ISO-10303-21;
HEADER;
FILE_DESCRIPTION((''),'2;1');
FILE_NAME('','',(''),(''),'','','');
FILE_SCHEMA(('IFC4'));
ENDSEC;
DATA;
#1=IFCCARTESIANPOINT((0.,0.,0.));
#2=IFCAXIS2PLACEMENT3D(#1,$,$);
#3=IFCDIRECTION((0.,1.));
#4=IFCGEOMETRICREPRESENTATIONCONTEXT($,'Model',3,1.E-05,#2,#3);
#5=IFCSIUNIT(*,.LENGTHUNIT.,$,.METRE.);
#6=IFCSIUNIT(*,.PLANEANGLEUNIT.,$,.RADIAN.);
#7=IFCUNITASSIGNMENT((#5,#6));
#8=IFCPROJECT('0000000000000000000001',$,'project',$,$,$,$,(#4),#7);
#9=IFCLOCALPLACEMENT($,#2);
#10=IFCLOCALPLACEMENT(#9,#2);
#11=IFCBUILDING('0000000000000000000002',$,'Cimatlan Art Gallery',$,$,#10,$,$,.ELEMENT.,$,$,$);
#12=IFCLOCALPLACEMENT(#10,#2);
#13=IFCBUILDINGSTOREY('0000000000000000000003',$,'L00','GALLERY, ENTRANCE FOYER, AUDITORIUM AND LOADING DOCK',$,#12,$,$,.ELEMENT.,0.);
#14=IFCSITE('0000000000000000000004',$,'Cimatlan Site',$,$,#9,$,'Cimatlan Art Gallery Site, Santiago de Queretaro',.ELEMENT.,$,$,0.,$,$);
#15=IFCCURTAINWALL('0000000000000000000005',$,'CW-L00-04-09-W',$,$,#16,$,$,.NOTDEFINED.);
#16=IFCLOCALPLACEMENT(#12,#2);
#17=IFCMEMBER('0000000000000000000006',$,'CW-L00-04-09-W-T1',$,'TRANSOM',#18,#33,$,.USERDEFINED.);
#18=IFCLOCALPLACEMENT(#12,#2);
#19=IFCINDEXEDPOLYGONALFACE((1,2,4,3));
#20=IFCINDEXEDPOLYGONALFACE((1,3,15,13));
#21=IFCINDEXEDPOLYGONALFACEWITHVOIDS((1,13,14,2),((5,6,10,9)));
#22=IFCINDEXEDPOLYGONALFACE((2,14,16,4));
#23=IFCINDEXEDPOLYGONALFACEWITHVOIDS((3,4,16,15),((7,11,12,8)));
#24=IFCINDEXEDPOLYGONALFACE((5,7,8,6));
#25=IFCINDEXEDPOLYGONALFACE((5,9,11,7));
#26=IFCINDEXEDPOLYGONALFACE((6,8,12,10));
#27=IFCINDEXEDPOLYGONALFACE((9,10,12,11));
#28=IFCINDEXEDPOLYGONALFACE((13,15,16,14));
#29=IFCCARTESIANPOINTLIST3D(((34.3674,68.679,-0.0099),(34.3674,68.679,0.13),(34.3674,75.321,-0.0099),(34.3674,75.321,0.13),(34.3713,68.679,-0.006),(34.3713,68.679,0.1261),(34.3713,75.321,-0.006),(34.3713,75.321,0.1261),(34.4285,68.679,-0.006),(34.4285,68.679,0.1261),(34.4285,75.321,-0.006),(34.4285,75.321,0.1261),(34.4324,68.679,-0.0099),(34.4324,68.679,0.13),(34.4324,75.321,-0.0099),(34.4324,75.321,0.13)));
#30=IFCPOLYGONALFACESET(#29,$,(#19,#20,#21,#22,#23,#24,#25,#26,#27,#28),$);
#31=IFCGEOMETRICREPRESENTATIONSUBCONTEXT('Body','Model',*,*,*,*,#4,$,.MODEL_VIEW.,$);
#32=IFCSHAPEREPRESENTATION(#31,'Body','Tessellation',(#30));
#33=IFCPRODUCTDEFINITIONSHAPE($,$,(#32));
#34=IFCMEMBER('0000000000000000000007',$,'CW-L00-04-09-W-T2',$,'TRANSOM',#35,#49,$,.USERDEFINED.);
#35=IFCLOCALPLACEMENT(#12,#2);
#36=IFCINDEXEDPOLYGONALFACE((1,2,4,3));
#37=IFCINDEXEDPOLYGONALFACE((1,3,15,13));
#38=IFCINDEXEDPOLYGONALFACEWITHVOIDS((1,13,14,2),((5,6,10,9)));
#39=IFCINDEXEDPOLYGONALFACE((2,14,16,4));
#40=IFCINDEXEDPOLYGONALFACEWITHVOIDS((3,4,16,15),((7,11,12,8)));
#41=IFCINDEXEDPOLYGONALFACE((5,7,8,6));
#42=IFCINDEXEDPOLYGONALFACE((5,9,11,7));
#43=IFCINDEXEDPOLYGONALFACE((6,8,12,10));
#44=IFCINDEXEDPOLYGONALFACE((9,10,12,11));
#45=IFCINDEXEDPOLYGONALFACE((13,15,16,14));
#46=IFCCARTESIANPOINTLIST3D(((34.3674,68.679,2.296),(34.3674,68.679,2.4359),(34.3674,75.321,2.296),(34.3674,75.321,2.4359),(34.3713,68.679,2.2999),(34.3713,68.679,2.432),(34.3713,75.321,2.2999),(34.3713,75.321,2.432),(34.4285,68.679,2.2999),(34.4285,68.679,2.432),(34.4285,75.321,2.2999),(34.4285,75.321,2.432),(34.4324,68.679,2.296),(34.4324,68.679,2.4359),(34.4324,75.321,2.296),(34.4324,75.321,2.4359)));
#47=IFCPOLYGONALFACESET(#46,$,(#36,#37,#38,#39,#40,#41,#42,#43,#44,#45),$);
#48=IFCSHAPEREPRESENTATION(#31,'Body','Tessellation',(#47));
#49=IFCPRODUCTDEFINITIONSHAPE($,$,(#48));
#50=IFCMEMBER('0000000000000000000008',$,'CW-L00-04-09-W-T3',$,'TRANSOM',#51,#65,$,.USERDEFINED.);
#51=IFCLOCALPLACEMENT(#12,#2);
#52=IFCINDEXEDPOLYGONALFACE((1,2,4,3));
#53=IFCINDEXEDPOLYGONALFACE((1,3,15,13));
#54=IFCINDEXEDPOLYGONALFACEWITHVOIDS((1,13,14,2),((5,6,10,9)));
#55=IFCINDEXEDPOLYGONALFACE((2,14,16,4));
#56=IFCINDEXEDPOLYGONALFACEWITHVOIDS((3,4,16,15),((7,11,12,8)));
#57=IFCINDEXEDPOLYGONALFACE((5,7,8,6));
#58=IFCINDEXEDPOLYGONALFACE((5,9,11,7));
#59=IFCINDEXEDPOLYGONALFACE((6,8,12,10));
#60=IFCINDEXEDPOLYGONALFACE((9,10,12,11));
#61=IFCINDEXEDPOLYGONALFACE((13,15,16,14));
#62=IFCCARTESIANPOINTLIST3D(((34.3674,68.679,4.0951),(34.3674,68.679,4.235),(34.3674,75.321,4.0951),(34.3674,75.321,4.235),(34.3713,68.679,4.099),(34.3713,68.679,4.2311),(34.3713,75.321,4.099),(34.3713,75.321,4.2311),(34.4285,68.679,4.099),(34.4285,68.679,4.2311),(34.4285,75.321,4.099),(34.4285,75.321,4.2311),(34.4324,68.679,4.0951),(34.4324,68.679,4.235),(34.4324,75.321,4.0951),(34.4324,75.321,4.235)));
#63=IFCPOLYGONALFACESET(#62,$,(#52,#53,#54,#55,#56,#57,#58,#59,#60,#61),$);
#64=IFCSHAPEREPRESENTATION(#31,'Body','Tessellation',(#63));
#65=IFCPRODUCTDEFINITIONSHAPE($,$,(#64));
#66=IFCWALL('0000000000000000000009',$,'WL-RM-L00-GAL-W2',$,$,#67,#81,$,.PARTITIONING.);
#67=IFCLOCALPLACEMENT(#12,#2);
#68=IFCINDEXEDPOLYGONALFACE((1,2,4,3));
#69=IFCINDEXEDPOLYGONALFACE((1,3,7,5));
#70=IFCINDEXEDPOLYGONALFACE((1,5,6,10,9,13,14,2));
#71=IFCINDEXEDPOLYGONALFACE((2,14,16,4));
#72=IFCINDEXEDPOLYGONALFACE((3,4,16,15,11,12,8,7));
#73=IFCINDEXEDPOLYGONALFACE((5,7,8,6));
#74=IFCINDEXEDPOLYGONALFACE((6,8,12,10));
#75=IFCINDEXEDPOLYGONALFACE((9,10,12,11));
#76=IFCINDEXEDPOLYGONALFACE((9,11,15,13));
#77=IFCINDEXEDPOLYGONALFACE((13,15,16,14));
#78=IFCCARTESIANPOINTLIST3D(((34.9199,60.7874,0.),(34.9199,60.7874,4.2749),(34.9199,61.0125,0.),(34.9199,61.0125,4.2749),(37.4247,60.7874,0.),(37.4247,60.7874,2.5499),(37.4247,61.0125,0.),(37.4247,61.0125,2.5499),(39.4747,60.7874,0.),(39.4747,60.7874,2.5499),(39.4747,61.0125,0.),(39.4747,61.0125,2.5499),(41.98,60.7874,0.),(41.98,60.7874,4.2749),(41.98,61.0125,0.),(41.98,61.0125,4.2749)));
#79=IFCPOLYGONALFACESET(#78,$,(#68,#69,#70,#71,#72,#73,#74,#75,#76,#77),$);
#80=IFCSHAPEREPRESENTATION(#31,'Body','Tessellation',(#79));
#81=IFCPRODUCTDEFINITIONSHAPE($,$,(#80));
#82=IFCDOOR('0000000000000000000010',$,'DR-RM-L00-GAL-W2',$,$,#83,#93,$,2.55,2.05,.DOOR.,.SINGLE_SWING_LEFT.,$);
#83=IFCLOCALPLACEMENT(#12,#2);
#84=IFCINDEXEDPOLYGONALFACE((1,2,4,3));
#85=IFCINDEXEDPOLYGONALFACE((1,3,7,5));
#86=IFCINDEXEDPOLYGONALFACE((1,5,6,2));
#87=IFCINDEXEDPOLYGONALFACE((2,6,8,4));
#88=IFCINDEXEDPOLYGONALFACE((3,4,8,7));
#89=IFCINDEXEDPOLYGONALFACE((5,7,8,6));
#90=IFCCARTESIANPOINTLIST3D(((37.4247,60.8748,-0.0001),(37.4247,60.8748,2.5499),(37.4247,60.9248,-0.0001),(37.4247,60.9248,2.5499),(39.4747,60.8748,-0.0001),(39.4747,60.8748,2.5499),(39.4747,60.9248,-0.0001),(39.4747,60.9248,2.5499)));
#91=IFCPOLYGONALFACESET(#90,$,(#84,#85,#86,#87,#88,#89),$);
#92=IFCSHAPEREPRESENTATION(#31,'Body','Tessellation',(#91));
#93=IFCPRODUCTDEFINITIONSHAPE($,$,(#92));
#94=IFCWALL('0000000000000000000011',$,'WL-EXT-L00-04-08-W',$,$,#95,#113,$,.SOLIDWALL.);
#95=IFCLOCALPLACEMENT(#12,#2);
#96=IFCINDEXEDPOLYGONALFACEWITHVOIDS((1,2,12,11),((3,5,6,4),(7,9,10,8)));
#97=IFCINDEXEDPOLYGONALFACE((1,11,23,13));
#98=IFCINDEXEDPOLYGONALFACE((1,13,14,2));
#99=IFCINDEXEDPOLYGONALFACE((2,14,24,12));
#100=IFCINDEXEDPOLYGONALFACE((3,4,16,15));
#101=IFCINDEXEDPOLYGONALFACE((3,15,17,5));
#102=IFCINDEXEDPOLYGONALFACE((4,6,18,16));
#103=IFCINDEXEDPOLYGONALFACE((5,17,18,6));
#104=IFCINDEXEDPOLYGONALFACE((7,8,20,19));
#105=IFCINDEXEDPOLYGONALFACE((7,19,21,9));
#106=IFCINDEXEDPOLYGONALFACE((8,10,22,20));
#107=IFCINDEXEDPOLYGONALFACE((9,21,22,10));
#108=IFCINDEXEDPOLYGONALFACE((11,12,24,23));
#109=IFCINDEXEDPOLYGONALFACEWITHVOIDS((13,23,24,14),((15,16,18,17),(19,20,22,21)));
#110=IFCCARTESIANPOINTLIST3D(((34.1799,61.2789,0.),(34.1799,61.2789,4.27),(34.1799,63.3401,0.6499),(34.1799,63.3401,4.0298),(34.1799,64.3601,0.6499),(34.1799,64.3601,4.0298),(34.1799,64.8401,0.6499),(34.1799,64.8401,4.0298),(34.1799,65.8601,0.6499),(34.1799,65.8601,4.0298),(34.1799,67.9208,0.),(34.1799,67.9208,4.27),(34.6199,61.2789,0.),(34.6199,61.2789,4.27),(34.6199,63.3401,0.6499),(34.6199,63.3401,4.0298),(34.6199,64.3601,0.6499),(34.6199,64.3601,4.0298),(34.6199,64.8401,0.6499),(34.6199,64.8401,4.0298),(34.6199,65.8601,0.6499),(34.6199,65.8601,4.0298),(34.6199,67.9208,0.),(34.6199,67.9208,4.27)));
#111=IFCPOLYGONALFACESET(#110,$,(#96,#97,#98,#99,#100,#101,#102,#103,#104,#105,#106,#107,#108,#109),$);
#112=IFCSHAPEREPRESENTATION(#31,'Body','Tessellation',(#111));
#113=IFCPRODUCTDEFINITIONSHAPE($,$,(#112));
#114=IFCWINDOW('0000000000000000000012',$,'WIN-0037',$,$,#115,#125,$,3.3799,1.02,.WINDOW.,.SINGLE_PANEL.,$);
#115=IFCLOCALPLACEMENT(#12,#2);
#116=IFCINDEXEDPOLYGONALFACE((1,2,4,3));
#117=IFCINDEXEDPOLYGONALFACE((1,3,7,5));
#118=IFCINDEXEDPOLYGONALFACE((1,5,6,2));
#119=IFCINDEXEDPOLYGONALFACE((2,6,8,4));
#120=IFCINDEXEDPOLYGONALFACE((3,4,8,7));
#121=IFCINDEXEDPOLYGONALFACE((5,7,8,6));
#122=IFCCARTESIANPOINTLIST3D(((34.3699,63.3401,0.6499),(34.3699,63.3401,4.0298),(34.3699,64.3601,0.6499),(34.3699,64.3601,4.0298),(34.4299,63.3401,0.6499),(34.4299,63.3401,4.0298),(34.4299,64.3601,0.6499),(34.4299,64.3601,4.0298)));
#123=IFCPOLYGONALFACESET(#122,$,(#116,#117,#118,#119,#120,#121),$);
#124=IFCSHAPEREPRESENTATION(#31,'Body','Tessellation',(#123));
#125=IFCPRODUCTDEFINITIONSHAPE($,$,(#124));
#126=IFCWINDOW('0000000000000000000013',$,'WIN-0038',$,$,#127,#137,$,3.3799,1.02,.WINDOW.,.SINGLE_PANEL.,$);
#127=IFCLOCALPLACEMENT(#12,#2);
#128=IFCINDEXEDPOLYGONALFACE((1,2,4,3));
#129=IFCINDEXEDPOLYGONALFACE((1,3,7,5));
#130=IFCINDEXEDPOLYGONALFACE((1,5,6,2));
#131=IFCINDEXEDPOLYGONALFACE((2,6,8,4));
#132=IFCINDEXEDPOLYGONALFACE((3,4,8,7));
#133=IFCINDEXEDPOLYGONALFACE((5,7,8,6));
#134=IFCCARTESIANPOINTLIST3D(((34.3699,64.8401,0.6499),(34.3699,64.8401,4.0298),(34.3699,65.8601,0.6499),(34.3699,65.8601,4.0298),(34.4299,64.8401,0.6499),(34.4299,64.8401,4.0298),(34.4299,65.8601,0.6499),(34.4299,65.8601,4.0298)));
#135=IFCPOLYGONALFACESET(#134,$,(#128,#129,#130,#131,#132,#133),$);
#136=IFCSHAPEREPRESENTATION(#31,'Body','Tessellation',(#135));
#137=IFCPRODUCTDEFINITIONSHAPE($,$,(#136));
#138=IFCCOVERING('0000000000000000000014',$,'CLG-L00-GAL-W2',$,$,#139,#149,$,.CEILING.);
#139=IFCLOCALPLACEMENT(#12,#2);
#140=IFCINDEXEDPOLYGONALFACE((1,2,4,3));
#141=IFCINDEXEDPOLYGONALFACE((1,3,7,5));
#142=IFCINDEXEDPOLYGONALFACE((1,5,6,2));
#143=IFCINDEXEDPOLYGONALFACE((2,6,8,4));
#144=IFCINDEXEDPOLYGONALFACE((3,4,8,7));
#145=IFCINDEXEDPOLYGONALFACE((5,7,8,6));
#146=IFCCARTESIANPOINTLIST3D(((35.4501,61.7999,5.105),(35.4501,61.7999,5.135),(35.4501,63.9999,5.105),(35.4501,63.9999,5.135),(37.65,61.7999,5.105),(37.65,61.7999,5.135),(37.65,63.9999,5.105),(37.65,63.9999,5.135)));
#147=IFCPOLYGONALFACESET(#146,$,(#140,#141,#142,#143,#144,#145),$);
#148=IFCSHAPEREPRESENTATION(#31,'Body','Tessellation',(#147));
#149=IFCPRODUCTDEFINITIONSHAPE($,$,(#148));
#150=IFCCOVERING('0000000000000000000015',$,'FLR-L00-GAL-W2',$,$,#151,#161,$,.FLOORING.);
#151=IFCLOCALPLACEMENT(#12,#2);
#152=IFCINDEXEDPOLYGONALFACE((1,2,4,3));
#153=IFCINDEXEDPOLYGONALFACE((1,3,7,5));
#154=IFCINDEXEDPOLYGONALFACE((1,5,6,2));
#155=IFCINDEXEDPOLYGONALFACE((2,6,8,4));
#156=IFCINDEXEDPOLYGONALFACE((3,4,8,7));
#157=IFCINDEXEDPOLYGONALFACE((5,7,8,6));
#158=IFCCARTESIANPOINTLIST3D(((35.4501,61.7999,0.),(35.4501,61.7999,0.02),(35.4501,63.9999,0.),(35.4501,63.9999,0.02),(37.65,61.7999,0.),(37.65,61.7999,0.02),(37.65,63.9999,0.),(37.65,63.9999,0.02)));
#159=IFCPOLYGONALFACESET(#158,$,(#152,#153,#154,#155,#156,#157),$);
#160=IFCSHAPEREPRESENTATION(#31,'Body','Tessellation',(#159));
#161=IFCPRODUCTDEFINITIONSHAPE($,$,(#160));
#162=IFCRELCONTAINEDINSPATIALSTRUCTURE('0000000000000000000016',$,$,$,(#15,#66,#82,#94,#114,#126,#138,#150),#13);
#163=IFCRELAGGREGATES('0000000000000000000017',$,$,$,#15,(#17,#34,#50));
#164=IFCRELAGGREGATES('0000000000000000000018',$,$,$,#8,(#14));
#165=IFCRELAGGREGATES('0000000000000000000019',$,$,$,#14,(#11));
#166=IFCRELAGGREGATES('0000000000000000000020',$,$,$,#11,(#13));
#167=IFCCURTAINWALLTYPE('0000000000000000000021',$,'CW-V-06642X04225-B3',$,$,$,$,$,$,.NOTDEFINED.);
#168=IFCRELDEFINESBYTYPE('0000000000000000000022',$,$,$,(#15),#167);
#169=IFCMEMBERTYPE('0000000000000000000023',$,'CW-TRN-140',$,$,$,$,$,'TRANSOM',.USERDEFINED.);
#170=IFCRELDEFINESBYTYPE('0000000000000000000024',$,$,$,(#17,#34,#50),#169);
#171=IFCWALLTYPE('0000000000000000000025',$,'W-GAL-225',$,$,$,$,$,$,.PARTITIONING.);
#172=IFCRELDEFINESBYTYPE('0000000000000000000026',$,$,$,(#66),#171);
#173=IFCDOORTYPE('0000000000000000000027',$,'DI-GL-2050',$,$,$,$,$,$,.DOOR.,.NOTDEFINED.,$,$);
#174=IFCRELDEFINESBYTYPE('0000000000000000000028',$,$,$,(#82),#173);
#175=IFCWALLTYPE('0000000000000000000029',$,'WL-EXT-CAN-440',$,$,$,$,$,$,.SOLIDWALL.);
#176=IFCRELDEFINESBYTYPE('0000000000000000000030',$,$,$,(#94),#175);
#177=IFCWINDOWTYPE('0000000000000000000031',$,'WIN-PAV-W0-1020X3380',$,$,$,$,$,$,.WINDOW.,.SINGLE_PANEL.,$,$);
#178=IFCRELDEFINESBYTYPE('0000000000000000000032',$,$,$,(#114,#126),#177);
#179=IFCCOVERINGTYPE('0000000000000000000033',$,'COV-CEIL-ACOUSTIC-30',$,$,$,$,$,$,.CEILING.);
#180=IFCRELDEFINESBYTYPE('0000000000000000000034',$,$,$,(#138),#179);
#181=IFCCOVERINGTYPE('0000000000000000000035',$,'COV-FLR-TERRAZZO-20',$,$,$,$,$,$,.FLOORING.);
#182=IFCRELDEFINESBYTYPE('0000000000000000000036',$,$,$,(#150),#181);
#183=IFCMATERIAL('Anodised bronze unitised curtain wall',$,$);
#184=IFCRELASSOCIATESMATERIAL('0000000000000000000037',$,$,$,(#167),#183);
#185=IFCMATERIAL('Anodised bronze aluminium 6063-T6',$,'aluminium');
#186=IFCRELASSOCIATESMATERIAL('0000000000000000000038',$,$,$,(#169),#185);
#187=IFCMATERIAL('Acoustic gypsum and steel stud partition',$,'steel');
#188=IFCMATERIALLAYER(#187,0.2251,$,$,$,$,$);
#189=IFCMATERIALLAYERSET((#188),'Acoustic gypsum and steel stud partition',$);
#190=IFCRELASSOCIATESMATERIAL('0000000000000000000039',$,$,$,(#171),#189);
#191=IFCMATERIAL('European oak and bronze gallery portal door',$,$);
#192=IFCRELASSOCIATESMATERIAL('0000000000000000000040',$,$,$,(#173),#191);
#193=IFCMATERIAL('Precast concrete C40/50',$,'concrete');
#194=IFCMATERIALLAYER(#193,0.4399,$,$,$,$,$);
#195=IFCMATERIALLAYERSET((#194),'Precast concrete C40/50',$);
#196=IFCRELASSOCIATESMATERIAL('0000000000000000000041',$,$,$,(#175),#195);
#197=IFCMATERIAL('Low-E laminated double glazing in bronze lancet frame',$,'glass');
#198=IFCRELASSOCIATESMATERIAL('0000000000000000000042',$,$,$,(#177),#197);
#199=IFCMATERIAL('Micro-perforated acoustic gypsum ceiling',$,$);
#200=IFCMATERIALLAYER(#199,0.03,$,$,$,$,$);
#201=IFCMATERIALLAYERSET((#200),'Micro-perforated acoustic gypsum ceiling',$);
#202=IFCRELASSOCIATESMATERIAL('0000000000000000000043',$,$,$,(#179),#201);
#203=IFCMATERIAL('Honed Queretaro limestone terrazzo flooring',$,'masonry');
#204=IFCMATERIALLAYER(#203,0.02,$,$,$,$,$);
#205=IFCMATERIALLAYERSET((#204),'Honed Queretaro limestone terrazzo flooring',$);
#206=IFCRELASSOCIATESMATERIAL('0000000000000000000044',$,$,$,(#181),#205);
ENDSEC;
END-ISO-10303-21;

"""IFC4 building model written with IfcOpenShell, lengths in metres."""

from ifc_helpers import new_model, si_unit, direction, frame, frame_2d, origin, origin_2d, place, context, subcontext, project, spatial, rectangle, hollow_rectangle, extrude, material, layer, layer_set, material_profile, profile_set, type_object, element, fill, aggregate, save


model = new_model("IFC4")

# Units and contexts
model_context = context("Model", 3, precision=1e-05, world=origin(), true_north=direction((0.0, 1.0)))
body_context = subcontext(model_context, "Body", "Model", "MODEL_VIEW")
ifc_project = project(units=[si_unit("LENGTHUNIT", "METRE"), si_unit("PLANEANGLEUNIT", "RADIAN")], contexts=[model_context])

# Site, building, storey
site_placement = place(None, origin())
site = spatial("IfcSite", under=ifc_project, at=site_placement, Name="Cimatlan Site", LongName="Cimatlan Art Gallery Site, Santiago de Queretaro", CompositionType="ELEMENT", RefElevation=0.0)
building_placement = place(site_placement, origin())
building = spatial("IfcBuilding", under=site, at=building_placement, Name="Cimatlan Art Gallery", CompositionType="ELEMENT")
storey_placement = place(building_placement, origin())
storey = spatial("IfcBuildingStorey", under=building, at=storey_placement, Name="L00", Description="GALLERY, ENTRANCE FOYER, AUDITORIUM AND LOADING DOCK", CompositionType="ELEMENT", Elevation=0.0)

# Curtain wall, members
ifc_material_1 = material(Name="Anodised bronze unitised curtain wall")
curtain_wall_type = type_object("IfcCurtainWallType", Name="CW-V-06642X04225-B3", PredefinedType="NOTDEFINED", material=ifc_material_1)
curtain_wall_placement = place(storey_placement, origin())
curtain_wall = element("IfcCurtainWall", 1, at=curtain_wall_placement, inside=storey, type_object=curtain_wall_type, Name="CW-L00-04-09-W", PredefinedType="NOTDEFINED")
ifc_material_2 = material(Name="Anodised bronze aluminium 6063-T6", Category="aluminium")
ifc_material_profile_1 = material_profile(ifc_material_2, hollow_rectangle(XDim=0.0649, YDim=0.1399, WallThickness=0.0039, at=origin_2d()), Name="ALU65X140X4")
ifc_profile_set_1 = profile_set([ifc_material_profile_1], Name="Anodised bronze aluminium 6063-T6")
member_type_1 = type_object("IfcMemberType", Name="CW-TRN-140", ElementType="TRANSOM", PredefinedType="USERDEFINED", material=ifc_profile_set_1)
member_1_placement = place(storey_placement, frame((34.3999, 68.679, 0.0601), z_axis=(0.0, 1.0, 0.0), x_axis=(-1.0, 0.0, 0.0)))
member_1 = element("IfcMember", 2, at=member_1_placement, type_object=member_type_1, Name="CW-L00-04-09-W-T1", ObjectType="TRANSOM", PredefinedType="USERDEFINED", context=body_context, shape_type="SweptSolid", body=[
    extrude(hollow_rectangle(XDim=0.0649, YDim=0.1399, WallThickness=0.0039, at=origin_2d()), origin(), (0.0, 0.0, 1.0), 6.6421),
])
member_2_placement = place(storey_placement, frame((34.3999, 68.679, 2.366), z_axis=(0.0, 1.0, 0.0), x_axis=(-1.0, 0.0, 0.0)))
member_2 = element("IfcMember", 3, at=member_2_placement, type_object=member_type_1, Name="CW-L00-04-09-W-T2", ObjectType="TRANSOM", PredefinedType="USERDEFINED", context=body_context, shape_type="SweptSolid", body=[
    extrude(hollow_rectangle(XDim=0.0649, YDim=0.1399, WallThickness=0.0039, at=origin_2d()), origin(), (0.0, 0.0, 1.0), 6.6421),
])
member_3_placement = place(storey_placement, frame((34.3999, 68.679, 4.165), z_axis=(0.0, 1.0, 0.0), x_axis=(-1.0, 0.0, 0.0)))
member_3 = element("IfcMember", 4, at=member_3_placement, type_object=member_type_1, Name="CW-L00-04-09-W-T3", ObjectType="TRANSOM", PredefinedType="USERDEFINED", context=body_context, shape_type="SweptSolid", body=[
    extrude(hollow_rectangle(XDim=0.0649, YDim=0.1399, WallThickness=0.0039, at=origin_2d()), origin(), (0.0, 0.0, 1.0), 6.6421),
])
aggregate(curtain_wall, [member_1, member_2, member_3])

# Wall, opening, door
ifc_material_3 = material(Name="Acoustic gypsum and steel stud partition", Category="steel")
ifc_layer_1 = layer(ifc_material_3, 0.2251)
ifc_layer_set_1 = layer_set([ifc_layer_1], Name="Acoustic gypsum and steel stud partition")
wall_type_1 = type_object("IfcWallType", Name="W-GAL-225", PredefinedType="PARTITIONING", material=ifc_layer_set_1)
wall_1_placement = place(storey_placement, frame((34.9199, 60.8999, 0.0), z_axis=(0.0, 0.0, 1.0), x_axis=(1.0, 0.0, 0.0)))
wall_1 = element("IfcWall", 5, at=wall_1_placement, inside=storey, type_object=wall_type_1, Name="WL-RM-L00-GAL-W2", PredefinedType="PARTITIONING", context=body_context, shape_type="SweptSolid", body=[
    extrude(rectangle(XDim=7.0601, YDim=0.2251, at=frame_2d((3.53, 0.0))), origin(), (0.0, 0.0, 1.0), 4.2749),
])
opening_1_placement = place(wall_1_placement, frame((2.5049, 0.0, 0.0)))
opening_1 = element("IfcOpeningElement", 6, at=opening_1_placement, cuts=wall_1, PredefinedType="OPENING", context=body_context, shape_type="SweptSolid", body=[
    extrude(rectangle(XDim=2.05, YDim=2.55, at=frame_2d((1.0249, 1.2749))), frame((0.0, 0.1226, 0.0), z_axis=(0.0, -1.0, 0.0), x_axis=(1.0, 0.0, 0.0)), (0.0, 0.0, 1.0), 0.2451),
])
ifc_material_4 = material(Name="European oak and bronze gallery portal door")
door_type = type_object("IfcDoorType", Name="DI-GL-2050", OperationType="NOTDEFINED", PredefinedType="DOOR", material=ifc_material_4)
door_placement = place(opening_1_placement, origin())
door = element("IfcDoor", 7, at=door_placement, inside=storey, type_object=door_type, Name="DR-RM-L00-GAL-W2", OperationType="SINGLE_SWING_LEFT", OverallHeight=2.55, OverallWidth=2.05, PredefinedType="DOOR", context=body_context, shape_type="SweptSolid", body=[
    extrude(rectangle(XDim=2.05, YDim=2.55, at=frame_2d((1.0249, 1.2749))), frame((0.0, 0.0249, 0.0), z_axis=(0.0, -1.0, 0.0), x_axis=(1.0, 0.0, 0.0)), (0.0, 0.0, 1.0), 0.05),
])
fill(opening_1, door)

# Wall, openings, windows
ifc_material_5 = material(Name="Precast concrete C40/50", Category="concrete")
ifc_layer_2 = layer(ifc_material_5, 0.4399)
ifc_layer_set_2 = layer_set([ifc_layer_2], Name="Precast concrete C40/50")
wall_type_2 = type_object("IfcWallType", Name="WL-EXT-CAN-440", PredefinedType="SOLIDWALL", material=ifc_layer_set_2)
wall_2_placement = place(storey_placement, frame((34.3999, 61.2791, 0.0), z_axis=(0.0, 0.0, 1.0), x_axis=(0.0, 1.0, 0.0)))
wall_2 = element("IfcWall", 8, at=wall_2_placement, inside=storey, type_object=wall_type_2, Name="WL-EXT-L00-04-08-W", PredefinedType="SOLIDWALL", context=body_context, shape_type="SweptSolid", body=[
    extrude(rectangle(XDim=6.6418, YDim=0.4399, at=frame_2d((3.3208, 0.0))), origin(), (0.0, 0.0, 1.0), 4.27),
])
opening_2_placement = place(wall_2_placement, frame((2.061, 0.0, 0.6499)))
opening_2 = element("IfcOpeningElement", 9, at=opening_2_placement, cuts=wall_2, PredefinedType="OPENING", context=body_context, shape_type="SweptSolid", body=[
    extrude(rectangle(XDim=1.02, YDim=3.3799, at=frame_2d((0.51, 1.6899))), frame((0.0, 0.23, 0.0), z_axis=(0.0, -1.0, 0.0), x_axis=(1.0, 0.0, 0.0)), (0.0, 0.0, 1.0), 0.46),
])
opening_3_placement = place(wall_2_placement, frame((3.561, 0.0, 0.6499)))
opening_3 = element("IfcOpeningElement", 10, at=opening_3_placement, cuts=wall_2, PredefinedType="OPENING", context=body_context, shape_type="SweptSolid", body=[
    extrude(rectangle(XDim=1.02, YDim=3.3799, at=frame_2d((0.51, 1.6899))), frame((0.0, 0.23, 0.0), z_axis=(0.0, -1.0, 0.0), x_axis=(1.0, 0.0, 0.0)), (0.0, 0.0, 1.0), 0.46),
])
ifc_material_6 = material(Name="Low-E laminated double glazing in bronze lancet frame", Category="glass")
window_type = type_object("IfcWindowType", Name="WIN-PAV-W0-1020X3380", PartitioningType="SINGLE_PANEL", PredefinedType="WINDOW", material=ifc_material_6)
window_1_placement = place(opening_2_placement, origin())
window_1 = element("IfcWindow", 11, at=window_1_placement, inside=storey, type_object=window_type, Name="WIN-0037", OverallHeight=3.3799, OverallWidth=1.02, PartitioningType="SINGLE_PANEL", PredefinedType="WINDOW", context=body_context, shape_type="SweptSolid", body=[
    extrude(rectangle(XDim=1.02, YDim=3.3799, at=frame_2d((0.51, 1.6899))), frame((0.0, 0.03, 0.0), z_axis=(0.0, -1.0, 0.0), x_axis=(1.0, 0.0, 0.0)), (0.0, 0.0, 1.0), 0.0601),
])
fill(opening_2, window_1)
window_2_placement = place(opening_3_placement, origin())
window_2 = element("IfcWindow", 12, at=window_2_placement, inside=storey, type_object=window_type, Name="WIN-0038", OverallHeight=3.3799, OverallWidth=1.02, PartitioningType="SINGLE_PANEL", PredefinedType="WINDOW", context=body_context, shape_type="SweptSolid", body=[
    extrude(rectangle(XDim=1.02, YDim=3.3799, at=frame_2d((0.51, 1.6899))), frame((0.0, 0.03, 0.0), z_axis=(0.0, -1.0, 0.0), x_axis=(1.0, 0.0, 0.0)), (0.0, 0.0, 1.0), 0.0601),
])
fill(opening_3, window_2)

# Coverings
ifc_material_7 = material(Name="Micro-perforated acoustic gypsum ceiling")
ifc_layer_3 = layer(ifc_material_7, 0.03)
ifc_layer_set_3 = layer_set([ifc_layer_3], Name="Micro-perforated acoustic gypsum ceiling")
covering_type_1 = type_object("IfcCoveringType", Name="COV-CEIL-ACOUSTIC-30", PredefinedType="CEILING", material=ifc_layer_set_3)
covering_1_placement = place(storey_placement, frame((36.55, 62.8999, 5.105), z_axis=(0.0, 0.0, 1.0), x_axis=(1.0, 0.0, 0.0)))
element("IfcCovering", 13, at=covering_1_placement, inside=storey, type_object=covering_type_1, Name="CLG-L00-GAL-W2", PredefinedType="CEILING", context=body_context, shape_type="SweptSolid", body=[
    extrude(rectangle(XDim=2.2, YDim=2.2, at=origin_2d()), origin(), (0.0, 0.0, 1.0), 0.03),
])
ifc_material_8 = material(Name="Honed Queretaro limestone terrazzo flooring", Category="masonry")
ifc_layer_4 = layer(ifc_material_8, 0.02)
ifc_layer_set_4 = layer_set([ifc_layer_4], Name="Honed Queretaro limestone terrazzo flooring")
covering_type_2 = type_object("IfcCoveringType", Name="COV-FLR-TERRAZZO-20", PredefinedType="FLOORING", material=ifc_layer_set_4)
covering_2_placement = place(storey_placement, frame((36.55, 62.8999, 0.0), z_axis=(0.0, 0.0, 1.0), x_axis=(1.0, 0.0, 0.0)))
element("IfcCovering", 14, at=covering_2_placement, inside=storey, type_object=covering_type_2, Name="FLR-L00-GAL-W2", PredefinedType="FLOORING", context=body_context, shape_type="SweptSolid", body=[
    extrude(rectangle(XDim=2.2, YDim=2.2, at=origin_2d()), origin(), (0.0, 0.0, 1.0), 0.02),
])

save(model, "model.ifc")
